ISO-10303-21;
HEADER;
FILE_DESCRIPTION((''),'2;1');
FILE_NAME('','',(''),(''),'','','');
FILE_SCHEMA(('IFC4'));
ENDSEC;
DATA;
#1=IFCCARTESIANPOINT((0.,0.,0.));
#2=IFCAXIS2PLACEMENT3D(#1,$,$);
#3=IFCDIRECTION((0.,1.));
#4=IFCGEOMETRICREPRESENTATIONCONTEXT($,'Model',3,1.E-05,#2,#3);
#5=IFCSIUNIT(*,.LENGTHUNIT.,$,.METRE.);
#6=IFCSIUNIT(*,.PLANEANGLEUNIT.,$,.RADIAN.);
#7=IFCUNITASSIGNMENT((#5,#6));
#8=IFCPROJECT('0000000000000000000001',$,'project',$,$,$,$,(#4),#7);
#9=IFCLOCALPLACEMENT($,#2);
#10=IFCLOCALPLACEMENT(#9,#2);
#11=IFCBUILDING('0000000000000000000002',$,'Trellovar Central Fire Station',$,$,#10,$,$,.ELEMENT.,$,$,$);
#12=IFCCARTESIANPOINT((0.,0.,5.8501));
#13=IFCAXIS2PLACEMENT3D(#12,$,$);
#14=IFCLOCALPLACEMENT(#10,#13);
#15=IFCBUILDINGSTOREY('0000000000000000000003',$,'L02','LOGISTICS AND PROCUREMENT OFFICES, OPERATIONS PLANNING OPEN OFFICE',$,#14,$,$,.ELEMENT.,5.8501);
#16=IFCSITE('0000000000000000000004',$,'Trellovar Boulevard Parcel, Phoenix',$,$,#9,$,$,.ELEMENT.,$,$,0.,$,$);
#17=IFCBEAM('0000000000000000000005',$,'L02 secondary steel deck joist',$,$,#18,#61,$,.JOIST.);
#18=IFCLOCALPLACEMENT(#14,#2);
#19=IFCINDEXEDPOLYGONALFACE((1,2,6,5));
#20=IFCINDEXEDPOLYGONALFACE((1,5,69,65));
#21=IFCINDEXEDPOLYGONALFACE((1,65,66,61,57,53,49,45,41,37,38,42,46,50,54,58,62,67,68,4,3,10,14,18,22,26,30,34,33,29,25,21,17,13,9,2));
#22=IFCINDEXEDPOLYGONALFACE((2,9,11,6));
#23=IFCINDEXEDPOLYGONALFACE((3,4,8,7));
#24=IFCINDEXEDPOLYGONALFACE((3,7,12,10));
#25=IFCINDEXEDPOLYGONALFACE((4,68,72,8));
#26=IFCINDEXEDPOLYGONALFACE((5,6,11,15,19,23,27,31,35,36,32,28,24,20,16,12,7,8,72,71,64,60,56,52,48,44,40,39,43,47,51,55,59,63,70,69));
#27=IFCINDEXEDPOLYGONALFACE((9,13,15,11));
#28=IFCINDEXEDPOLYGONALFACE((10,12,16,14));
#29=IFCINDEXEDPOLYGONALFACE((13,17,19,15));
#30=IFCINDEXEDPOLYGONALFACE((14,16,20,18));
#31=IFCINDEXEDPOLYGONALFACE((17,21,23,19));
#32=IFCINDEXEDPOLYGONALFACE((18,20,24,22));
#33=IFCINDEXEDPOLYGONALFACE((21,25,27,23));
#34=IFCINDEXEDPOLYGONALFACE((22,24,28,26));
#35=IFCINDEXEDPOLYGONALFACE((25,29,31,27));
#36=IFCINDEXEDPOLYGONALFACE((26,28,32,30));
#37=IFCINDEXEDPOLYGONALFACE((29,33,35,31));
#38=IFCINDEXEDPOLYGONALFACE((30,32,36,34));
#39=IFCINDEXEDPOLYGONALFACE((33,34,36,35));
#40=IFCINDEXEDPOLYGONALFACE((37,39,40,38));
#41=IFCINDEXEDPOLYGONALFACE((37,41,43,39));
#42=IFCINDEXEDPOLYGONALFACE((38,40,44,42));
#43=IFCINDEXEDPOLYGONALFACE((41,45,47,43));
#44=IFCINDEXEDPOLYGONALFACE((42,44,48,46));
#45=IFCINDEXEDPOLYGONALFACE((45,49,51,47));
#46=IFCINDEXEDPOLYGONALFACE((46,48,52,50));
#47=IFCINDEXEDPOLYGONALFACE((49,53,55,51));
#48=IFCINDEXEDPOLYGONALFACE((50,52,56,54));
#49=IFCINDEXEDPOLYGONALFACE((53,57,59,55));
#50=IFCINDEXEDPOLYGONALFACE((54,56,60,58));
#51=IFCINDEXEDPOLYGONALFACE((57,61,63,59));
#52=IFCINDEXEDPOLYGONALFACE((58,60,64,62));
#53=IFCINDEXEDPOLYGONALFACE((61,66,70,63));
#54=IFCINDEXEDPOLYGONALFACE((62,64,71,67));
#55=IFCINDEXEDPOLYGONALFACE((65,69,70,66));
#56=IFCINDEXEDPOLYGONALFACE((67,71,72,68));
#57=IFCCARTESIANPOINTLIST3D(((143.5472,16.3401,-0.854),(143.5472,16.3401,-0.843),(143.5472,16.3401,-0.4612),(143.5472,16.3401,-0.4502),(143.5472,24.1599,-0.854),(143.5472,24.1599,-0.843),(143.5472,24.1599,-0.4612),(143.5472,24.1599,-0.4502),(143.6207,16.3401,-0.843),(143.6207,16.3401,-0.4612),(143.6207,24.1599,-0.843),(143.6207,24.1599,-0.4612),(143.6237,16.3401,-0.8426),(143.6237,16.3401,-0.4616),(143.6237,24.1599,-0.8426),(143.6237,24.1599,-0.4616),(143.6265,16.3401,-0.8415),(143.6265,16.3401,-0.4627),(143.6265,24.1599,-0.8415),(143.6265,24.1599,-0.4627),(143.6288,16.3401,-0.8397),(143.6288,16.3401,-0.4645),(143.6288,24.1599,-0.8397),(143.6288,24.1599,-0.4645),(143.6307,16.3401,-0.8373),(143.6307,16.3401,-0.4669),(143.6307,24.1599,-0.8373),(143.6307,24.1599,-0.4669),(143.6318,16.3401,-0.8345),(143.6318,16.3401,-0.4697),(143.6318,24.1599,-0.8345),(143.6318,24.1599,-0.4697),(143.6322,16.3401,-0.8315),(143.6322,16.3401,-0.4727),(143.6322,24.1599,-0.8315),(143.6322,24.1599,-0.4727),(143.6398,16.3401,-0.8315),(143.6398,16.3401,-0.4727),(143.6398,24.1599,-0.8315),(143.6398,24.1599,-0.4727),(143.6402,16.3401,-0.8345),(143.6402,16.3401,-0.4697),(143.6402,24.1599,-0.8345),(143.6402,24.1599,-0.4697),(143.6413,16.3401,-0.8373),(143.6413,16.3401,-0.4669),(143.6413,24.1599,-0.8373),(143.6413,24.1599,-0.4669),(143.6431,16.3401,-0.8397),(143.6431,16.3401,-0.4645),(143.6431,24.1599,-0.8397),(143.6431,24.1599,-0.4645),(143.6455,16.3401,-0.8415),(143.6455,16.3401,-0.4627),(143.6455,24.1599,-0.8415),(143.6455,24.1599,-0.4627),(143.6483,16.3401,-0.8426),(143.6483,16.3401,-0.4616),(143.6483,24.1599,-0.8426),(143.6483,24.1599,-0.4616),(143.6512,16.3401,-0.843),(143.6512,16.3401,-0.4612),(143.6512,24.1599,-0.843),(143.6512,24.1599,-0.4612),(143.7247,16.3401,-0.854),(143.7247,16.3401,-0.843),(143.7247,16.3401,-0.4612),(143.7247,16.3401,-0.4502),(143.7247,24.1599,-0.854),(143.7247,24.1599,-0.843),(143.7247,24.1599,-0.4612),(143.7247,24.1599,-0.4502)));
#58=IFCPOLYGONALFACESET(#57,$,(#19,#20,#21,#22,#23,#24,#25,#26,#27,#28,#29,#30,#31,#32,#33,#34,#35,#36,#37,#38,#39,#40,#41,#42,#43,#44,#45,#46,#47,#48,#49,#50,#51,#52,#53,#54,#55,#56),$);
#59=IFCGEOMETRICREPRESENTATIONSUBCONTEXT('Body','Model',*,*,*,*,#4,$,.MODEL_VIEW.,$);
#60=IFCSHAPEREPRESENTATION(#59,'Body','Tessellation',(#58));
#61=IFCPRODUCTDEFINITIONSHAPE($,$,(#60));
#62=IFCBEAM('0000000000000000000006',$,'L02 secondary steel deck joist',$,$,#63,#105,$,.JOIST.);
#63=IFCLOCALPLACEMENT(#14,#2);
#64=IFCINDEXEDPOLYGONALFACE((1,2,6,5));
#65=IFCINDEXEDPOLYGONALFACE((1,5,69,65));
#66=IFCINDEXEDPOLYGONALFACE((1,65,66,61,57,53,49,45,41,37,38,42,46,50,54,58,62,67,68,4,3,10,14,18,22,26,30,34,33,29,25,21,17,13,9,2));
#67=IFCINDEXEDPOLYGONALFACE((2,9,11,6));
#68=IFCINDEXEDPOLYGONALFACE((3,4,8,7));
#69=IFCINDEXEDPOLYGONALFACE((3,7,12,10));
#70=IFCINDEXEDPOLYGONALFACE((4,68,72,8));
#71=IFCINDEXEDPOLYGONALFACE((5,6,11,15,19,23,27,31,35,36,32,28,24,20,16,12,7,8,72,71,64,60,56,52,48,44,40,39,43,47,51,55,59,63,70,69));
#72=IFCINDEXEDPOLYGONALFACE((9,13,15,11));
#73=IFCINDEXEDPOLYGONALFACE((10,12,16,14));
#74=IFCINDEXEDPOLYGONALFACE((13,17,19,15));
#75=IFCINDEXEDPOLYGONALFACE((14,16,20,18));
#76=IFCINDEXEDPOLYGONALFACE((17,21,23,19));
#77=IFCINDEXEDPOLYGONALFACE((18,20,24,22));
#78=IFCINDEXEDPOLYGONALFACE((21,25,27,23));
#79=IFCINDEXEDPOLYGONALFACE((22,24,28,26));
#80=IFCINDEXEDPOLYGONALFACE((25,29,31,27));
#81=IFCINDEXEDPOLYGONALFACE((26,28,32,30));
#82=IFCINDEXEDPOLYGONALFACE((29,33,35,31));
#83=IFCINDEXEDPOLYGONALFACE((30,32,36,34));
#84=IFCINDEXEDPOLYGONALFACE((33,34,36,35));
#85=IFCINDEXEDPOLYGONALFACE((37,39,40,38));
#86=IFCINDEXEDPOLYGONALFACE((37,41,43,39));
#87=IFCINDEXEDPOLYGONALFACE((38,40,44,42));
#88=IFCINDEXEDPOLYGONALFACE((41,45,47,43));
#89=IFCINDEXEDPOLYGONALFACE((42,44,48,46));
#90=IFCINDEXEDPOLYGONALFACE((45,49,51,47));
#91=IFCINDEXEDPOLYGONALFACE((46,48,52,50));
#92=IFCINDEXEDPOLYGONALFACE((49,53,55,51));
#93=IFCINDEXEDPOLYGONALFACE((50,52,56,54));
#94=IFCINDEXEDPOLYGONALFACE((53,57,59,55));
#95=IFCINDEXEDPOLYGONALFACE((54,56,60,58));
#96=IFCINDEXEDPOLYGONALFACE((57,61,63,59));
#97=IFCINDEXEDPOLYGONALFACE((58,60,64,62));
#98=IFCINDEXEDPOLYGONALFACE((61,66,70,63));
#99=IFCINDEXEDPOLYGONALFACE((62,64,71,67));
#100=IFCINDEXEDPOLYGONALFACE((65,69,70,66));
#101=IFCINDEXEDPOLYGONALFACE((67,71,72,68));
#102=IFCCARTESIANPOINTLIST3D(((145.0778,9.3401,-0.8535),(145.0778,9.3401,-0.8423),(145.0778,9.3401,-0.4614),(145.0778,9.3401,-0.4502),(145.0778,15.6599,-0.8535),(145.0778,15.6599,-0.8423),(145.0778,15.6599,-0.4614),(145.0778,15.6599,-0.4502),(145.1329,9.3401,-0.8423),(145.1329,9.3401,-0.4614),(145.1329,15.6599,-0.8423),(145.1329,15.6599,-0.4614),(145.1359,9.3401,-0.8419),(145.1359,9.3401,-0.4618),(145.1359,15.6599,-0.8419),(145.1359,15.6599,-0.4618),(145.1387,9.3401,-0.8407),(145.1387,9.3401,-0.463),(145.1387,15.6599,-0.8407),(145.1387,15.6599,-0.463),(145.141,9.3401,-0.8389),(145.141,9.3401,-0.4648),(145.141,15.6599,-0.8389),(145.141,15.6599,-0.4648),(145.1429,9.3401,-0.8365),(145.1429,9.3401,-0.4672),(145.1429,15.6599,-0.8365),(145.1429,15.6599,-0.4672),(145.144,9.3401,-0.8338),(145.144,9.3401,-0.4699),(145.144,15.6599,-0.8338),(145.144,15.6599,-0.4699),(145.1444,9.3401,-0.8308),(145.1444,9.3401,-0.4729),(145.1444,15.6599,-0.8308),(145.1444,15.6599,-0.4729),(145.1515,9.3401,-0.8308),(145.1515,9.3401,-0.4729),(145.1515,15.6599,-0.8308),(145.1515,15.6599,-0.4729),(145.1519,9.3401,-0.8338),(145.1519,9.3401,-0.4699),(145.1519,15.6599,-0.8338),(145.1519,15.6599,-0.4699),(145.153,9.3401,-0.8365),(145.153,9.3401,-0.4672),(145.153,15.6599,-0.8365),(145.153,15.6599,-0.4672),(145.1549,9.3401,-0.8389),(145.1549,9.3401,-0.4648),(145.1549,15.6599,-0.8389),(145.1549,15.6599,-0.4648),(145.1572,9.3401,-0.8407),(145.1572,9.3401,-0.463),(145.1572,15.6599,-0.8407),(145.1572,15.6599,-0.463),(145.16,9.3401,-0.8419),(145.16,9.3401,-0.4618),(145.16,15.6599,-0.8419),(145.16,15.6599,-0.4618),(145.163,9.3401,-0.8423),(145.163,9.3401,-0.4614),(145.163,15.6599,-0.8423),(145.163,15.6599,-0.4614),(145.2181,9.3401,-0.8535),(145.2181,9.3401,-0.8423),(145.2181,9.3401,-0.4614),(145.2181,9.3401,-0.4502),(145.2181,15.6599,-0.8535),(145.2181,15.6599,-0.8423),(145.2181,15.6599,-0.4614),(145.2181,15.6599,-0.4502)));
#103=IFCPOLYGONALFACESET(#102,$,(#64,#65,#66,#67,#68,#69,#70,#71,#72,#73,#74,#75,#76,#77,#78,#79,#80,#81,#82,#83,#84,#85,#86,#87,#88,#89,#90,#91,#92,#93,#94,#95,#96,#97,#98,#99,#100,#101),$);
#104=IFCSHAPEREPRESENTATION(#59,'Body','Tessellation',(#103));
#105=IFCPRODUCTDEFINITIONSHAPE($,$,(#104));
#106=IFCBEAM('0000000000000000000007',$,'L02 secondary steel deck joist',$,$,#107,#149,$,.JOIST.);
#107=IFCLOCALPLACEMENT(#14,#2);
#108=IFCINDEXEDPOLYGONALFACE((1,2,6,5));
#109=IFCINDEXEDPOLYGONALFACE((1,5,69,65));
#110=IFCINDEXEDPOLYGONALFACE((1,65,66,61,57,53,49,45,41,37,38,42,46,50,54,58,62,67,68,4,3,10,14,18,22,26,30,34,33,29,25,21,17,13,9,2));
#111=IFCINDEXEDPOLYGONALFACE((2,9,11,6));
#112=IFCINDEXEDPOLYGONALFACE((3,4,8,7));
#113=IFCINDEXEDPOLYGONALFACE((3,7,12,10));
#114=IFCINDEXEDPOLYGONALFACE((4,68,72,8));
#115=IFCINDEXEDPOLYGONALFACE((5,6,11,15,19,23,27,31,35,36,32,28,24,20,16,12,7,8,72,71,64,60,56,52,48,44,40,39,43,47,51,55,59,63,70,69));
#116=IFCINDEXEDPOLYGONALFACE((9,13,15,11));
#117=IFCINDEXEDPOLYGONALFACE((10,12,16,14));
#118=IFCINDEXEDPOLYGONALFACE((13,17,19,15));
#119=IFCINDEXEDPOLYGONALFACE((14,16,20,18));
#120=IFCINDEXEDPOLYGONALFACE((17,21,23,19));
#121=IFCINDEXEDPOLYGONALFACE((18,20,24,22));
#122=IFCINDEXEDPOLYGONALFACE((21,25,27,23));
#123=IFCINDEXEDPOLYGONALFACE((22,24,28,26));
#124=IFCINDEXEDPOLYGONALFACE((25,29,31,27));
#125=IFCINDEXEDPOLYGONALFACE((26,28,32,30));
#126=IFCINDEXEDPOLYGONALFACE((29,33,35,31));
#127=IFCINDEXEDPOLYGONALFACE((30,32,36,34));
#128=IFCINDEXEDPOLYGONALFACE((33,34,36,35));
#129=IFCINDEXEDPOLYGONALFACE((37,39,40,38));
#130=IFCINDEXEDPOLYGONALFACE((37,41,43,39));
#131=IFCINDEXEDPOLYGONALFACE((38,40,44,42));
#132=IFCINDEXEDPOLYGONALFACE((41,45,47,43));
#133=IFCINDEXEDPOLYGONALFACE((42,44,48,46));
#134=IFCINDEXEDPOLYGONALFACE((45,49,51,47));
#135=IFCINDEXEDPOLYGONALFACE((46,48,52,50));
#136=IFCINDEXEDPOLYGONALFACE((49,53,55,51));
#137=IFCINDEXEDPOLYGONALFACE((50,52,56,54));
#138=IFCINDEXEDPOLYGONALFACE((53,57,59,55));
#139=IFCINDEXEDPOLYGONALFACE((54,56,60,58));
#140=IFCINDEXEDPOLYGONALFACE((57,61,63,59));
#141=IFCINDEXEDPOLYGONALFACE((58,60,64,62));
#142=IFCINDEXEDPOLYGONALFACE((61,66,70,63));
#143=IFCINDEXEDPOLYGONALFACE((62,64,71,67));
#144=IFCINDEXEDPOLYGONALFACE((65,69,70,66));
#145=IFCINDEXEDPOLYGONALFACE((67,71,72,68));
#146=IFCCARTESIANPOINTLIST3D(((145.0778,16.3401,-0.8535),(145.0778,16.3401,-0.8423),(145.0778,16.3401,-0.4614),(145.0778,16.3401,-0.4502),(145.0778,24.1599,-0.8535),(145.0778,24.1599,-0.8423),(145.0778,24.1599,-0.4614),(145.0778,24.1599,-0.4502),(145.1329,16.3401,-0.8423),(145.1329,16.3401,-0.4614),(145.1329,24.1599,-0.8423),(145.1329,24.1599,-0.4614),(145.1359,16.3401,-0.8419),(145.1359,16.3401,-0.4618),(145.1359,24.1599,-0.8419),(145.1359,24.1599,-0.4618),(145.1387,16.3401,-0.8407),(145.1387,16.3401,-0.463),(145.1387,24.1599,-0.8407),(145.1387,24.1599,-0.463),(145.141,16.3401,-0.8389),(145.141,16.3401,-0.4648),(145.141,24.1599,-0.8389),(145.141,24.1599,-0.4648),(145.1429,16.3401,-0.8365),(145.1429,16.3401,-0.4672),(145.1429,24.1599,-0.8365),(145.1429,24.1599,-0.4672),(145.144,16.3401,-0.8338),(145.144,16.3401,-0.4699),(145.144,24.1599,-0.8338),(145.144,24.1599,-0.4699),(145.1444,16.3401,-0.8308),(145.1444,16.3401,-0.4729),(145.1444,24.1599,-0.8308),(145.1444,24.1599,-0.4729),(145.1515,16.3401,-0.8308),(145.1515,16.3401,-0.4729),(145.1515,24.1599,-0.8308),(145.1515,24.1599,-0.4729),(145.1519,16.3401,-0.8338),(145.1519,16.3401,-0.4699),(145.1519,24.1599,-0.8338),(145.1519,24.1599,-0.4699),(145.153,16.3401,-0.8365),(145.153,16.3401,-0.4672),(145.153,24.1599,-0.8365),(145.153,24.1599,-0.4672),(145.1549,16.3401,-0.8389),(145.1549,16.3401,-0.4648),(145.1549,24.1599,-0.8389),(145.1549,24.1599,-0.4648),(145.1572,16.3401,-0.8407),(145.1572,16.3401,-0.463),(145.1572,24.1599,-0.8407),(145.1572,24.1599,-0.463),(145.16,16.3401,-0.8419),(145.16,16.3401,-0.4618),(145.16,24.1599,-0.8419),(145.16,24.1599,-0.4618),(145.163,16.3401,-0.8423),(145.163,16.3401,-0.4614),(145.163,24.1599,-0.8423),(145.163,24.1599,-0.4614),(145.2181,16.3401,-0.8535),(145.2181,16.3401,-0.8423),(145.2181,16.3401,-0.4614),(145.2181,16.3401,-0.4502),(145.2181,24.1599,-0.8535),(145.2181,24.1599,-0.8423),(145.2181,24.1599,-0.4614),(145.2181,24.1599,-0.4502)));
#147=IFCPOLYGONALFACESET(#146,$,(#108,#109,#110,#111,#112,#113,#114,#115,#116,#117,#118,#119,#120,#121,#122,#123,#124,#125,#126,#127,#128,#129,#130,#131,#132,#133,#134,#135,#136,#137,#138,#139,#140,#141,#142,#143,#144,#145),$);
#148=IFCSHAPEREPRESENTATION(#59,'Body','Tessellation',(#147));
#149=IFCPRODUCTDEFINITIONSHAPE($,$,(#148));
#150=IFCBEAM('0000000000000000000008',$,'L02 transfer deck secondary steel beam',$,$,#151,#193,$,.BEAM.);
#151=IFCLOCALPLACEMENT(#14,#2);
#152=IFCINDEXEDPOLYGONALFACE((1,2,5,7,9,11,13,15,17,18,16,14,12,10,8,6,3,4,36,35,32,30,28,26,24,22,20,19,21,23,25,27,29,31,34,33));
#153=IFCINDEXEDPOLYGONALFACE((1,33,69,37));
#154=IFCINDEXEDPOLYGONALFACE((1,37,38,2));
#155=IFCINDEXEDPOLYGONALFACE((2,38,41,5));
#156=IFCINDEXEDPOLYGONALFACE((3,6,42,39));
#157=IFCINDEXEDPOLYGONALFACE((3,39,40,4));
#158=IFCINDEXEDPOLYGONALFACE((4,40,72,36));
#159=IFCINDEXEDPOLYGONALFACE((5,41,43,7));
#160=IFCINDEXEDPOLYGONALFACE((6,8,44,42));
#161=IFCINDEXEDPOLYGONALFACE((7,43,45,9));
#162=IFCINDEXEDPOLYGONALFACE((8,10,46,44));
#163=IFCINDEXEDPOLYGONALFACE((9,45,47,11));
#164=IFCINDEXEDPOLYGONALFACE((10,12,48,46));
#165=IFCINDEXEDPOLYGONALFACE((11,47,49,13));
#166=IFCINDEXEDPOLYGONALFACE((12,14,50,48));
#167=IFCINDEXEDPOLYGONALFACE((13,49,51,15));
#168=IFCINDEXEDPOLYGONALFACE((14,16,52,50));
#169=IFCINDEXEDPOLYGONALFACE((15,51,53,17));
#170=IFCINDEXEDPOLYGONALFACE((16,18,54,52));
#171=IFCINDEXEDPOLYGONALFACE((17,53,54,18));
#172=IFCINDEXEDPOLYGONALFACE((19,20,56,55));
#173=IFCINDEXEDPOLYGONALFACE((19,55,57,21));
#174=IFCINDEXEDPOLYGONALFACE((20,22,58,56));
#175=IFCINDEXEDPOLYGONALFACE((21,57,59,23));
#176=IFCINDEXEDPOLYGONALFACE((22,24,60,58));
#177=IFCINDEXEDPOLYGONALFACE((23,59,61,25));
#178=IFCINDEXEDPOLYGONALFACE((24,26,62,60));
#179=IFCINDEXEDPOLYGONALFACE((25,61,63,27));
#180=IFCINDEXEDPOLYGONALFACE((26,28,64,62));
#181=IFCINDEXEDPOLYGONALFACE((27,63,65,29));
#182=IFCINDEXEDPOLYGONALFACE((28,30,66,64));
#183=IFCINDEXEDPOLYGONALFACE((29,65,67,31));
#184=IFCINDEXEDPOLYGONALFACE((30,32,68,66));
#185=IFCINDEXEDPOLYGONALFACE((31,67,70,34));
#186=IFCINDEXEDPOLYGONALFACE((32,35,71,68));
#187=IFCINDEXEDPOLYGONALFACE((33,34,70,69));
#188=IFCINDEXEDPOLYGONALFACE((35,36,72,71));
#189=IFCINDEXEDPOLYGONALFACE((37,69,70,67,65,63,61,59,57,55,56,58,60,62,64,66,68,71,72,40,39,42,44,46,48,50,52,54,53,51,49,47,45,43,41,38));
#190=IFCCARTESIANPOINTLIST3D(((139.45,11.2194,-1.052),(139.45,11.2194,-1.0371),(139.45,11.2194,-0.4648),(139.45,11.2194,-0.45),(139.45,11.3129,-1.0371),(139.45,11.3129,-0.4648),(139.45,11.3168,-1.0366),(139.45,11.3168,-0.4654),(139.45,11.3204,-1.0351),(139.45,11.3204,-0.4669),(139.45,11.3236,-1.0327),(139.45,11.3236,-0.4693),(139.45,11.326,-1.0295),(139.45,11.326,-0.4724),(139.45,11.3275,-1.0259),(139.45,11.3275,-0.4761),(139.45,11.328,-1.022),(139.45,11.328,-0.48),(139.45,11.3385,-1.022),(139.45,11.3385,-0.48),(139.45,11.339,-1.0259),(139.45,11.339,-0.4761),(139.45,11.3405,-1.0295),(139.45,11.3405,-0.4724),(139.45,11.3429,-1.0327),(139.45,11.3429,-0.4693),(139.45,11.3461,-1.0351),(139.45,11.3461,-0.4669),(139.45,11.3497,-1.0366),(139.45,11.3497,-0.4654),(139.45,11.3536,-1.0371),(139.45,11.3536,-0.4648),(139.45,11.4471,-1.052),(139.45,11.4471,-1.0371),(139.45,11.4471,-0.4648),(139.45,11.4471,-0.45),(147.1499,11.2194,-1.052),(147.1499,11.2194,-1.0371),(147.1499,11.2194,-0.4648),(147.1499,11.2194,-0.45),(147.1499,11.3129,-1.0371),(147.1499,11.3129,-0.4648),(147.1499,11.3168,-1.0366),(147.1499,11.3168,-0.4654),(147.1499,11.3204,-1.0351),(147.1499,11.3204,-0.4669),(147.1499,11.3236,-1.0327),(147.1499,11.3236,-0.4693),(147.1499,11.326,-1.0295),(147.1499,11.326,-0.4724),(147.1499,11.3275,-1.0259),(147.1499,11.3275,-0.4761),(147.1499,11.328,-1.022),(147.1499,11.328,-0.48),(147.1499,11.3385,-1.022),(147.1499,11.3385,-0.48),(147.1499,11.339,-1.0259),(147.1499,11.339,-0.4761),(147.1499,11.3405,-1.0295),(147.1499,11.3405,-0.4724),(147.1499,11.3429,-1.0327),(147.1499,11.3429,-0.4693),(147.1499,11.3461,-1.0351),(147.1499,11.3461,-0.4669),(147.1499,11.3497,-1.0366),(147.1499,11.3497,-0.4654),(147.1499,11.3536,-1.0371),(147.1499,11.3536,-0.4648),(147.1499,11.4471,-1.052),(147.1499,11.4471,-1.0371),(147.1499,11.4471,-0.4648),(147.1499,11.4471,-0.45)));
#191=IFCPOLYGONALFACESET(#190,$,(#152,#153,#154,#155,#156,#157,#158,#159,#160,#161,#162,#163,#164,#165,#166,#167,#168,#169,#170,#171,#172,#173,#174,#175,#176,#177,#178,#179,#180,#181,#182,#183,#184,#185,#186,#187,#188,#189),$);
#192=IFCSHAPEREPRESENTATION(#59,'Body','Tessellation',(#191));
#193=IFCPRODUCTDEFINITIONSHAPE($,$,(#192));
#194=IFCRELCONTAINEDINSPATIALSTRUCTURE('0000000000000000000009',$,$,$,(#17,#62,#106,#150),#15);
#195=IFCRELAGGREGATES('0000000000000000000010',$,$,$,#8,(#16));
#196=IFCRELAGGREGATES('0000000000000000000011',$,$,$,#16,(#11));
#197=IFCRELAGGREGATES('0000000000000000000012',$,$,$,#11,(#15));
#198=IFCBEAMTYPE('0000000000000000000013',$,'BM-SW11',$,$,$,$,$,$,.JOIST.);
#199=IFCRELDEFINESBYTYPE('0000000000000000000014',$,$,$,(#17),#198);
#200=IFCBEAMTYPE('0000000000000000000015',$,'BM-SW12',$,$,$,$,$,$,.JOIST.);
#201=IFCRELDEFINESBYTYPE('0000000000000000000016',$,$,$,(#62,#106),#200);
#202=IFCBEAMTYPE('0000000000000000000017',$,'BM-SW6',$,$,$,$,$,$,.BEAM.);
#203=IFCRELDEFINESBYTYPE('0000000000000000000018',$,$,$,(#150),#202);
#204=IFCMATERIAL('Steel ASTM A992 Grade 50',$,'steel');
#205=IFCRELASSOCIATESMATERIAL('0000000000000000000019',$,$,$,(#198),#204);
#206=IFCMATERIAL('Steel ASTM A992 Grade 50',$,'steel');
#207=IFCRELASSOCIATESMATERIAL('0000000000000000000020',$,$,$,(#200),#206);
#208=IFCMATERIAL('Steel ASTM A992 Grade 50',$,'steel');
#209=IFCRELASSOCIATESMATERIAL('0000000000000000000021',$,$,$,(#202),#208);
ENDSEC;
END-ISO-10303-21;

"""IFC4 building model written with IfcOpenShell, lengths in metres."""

from ifc_helpers import new_model, si_unit, direction, frame, origin, origin_2d, place, context, subcontext, project, spatial, i_section, extrude, material, material_profile, profile_set, type_object, element, save


model = new_model("IFC4")

# Units and contexts
model_context = context("Model", 3, precision=1e-05, world=origin(), true_north=direction((0.0, 1.0)))
body_context = subcontext(model_context, "Body", "Model", "MODEL_VIEW")
ifc_project = project(units=[si_unit("LENGTHUNIT", "METRE"), si_unit("PLANEANGLEUNIT", "RADIAN")], contexts=[model_context])

# Site, building, storey
site_placement = place(None, origin())
site = spatial("IfcSite", under=ifc_project, at=site_placement, Name="Trellovar Boulevard Parcel, Phoenix", CompositionType="ELEMENT", RefElevation=0.0)
building_placement = place(site_placement, origin())
building = spatial("IfcBuilding", under=site, at=building_placement, Name="Trellovar Central Fire Station", CompositionType="ELEMENT")
storey_placement = place(building_placement, frame((0.0, 0.0, 5.8501)))
storey = spatial("IfcBuildingStorey", under=building, at=storey_placement, Name="L02", Description="LOGISTICS AND PROCUREMENT OFFICES, OPERATIONS PLANNING OPEN OFFICE", CompositionType="ELEMENT", Elevation=5.8501)

# Beams
ifc_material_1 = material(Name="Steel ASTM A992 Grade 50", Category="steel")
ifc_material_profile_1 = material_profile(ifc_material_1, i_section(OverallWidth=0.1775, OverallDepth=0.4038, WebThickness=0.0076, FlangeThickness=0.011, FilletRadius=0.0115, at=origin_2d()), Name="W16X36")
ifc_profile_set_1 = profile_set([ifc_material_profile_1], Name="Steel ASTM A992 Grade 50")
beam_type_1 = type_object("IfcBeamType", Name="BM-SW11", PredefinedType="JOIST", material=ifc_profile_set_1)
beam_1_placement = place(storey_placement, frame((143.636, 16.3401, -0.6521), z_axis=(0.0, 1.0, 0.0), x_axis=(-1.0, 0.0, 0.0)))
element("IfcBeam", 1, at=beam_1_placement, inside=storey, type_object=beam_type_1, Name="L02 secondary steel deck joist", PredefinedType="JOIST", context=body_context, shape_type="SweptSolid", body=[
    extrude(i_section(OverallWidth=0.1775, OverallDepth=0.4038, WebThickness=0.0076, FlangeThickness=0.011, FilletRadius=0.0115, at=origin_2d()), origin(), (0.0, 0.0, 1.0), 7.8198),
])
ifc_material_2 = material(Name="Steel ASTM A992 Grade 50", Category="steel")
ifc_material_profile_2 = material_profile(ifc_material_2, i_section(OverallWidth=0.1404, OverallDepth=0.4033, WebThickness=0.0071, FlangeThickness=0.0112, FilletRadius=0.0115, at=origin_2d()), Name="W16X31")
ifc_profile_set_2 = profile_set([ifc_material_profile_2], Name="Steel ASTM A992 Grade 50")
beam_type_2 = type_object("IfcBeamType", Name="BM-SW12", PredefinedType="JOIST", material=ifc_profile_set_2)
beam_2_placement = place(storey_placement, frame((145.1479, 9.3401, -0.6519), z_axis=(0.0, 1.0, 0.0), x_axis=(-1.0, 0.0, 0.0)))
element("IfcBeam", 2, at=beam_2_placement, inside=storey, type_object=beam_type_2, Name="L02 secondary steel deck joist", PredefinedType="JOIST", context=body_context, shape_type="SweptSolid", body=[
    extrude(i_section(OverallWidth=0.1404, OverallDepth=0.4033, WebThickness=0.0071, FlangeThickness=0.0112, FilletRadius=0.0115, at=origin_2d()), origin(), (0.0, 0.0, 1.0), 6.3198),
])
beam_3_placement = place(storey_placement, frame((145.1479, 16.3401, -0.6519), z_axis=(0.0, 1.0, 0.0), x_axis=(-1.0, 0.0, 0.0)))
element("IfcBeam", 3, at=beam_3_placement, inside=storey, type_object=beam_type_2, Name="L02 secondary steel deck joist", PredefinedType="JOIST", context=body_context, shape_type="SweptSolid", body=[
    extrude(i_section(OverallWidth=0.1404, OverallDepth=0.4033, WebThickness=0.0071, FlangeThickness=0.0112, FilletRadius=0.0115, at=origin_2d()), origin(), (0.0, 0.0, 1.0), 7.8198),
])
ifc_material_3 = material(Name="Steel ASTM A992 Grade 50", Category="steel")
ifc_material_profile_3 = material_profile(ifc_material_3, i_section(OverallWidth=0.2278, OverallDepth=0.6021, WebThickness=0.0105, FlangeThickness=0.0149, FilletRadius=0.0151, at=origin_2d()), Name="W24X68")
ifc_profile_set_3 = profile_set([ifc_material_profile_3], Name="Steel ASTM A992 Grade 50")
beam_type_3 = type_object("IfcBeamType", Name="BM-SW6", PredefinedType="BEAM", material=ifc_profile_set_3)
for number, where, z_axis, x_axis, name in (
    (4, (139.45, 11.3333, -0.751), (1.0, 0.0, 0.0), (0.0, 1.0, 0.0), "L02 transfer deck secondary steel beam"),
):
    element("IfcBeam", number, at=place(storey_placement, frame(where, z_axis=z_axis, x_axis=x_axis)), inside=storey, type_object=beam_type_3, Name=name, PredefinedType="BEAM", context=body_context, shape_type="SweptSolid", body=[
        extrude(i_section(OverallWidth=0.2278, OverallDepth=0.6021, WebThickness=0.0105, FlangeThickness=0.0149, FilletRadius=0.0151, at=origin_2d()), origin(), (0.0, 0.0, 1.0), 7.7),
    ])

save(model, "model.ifc")
